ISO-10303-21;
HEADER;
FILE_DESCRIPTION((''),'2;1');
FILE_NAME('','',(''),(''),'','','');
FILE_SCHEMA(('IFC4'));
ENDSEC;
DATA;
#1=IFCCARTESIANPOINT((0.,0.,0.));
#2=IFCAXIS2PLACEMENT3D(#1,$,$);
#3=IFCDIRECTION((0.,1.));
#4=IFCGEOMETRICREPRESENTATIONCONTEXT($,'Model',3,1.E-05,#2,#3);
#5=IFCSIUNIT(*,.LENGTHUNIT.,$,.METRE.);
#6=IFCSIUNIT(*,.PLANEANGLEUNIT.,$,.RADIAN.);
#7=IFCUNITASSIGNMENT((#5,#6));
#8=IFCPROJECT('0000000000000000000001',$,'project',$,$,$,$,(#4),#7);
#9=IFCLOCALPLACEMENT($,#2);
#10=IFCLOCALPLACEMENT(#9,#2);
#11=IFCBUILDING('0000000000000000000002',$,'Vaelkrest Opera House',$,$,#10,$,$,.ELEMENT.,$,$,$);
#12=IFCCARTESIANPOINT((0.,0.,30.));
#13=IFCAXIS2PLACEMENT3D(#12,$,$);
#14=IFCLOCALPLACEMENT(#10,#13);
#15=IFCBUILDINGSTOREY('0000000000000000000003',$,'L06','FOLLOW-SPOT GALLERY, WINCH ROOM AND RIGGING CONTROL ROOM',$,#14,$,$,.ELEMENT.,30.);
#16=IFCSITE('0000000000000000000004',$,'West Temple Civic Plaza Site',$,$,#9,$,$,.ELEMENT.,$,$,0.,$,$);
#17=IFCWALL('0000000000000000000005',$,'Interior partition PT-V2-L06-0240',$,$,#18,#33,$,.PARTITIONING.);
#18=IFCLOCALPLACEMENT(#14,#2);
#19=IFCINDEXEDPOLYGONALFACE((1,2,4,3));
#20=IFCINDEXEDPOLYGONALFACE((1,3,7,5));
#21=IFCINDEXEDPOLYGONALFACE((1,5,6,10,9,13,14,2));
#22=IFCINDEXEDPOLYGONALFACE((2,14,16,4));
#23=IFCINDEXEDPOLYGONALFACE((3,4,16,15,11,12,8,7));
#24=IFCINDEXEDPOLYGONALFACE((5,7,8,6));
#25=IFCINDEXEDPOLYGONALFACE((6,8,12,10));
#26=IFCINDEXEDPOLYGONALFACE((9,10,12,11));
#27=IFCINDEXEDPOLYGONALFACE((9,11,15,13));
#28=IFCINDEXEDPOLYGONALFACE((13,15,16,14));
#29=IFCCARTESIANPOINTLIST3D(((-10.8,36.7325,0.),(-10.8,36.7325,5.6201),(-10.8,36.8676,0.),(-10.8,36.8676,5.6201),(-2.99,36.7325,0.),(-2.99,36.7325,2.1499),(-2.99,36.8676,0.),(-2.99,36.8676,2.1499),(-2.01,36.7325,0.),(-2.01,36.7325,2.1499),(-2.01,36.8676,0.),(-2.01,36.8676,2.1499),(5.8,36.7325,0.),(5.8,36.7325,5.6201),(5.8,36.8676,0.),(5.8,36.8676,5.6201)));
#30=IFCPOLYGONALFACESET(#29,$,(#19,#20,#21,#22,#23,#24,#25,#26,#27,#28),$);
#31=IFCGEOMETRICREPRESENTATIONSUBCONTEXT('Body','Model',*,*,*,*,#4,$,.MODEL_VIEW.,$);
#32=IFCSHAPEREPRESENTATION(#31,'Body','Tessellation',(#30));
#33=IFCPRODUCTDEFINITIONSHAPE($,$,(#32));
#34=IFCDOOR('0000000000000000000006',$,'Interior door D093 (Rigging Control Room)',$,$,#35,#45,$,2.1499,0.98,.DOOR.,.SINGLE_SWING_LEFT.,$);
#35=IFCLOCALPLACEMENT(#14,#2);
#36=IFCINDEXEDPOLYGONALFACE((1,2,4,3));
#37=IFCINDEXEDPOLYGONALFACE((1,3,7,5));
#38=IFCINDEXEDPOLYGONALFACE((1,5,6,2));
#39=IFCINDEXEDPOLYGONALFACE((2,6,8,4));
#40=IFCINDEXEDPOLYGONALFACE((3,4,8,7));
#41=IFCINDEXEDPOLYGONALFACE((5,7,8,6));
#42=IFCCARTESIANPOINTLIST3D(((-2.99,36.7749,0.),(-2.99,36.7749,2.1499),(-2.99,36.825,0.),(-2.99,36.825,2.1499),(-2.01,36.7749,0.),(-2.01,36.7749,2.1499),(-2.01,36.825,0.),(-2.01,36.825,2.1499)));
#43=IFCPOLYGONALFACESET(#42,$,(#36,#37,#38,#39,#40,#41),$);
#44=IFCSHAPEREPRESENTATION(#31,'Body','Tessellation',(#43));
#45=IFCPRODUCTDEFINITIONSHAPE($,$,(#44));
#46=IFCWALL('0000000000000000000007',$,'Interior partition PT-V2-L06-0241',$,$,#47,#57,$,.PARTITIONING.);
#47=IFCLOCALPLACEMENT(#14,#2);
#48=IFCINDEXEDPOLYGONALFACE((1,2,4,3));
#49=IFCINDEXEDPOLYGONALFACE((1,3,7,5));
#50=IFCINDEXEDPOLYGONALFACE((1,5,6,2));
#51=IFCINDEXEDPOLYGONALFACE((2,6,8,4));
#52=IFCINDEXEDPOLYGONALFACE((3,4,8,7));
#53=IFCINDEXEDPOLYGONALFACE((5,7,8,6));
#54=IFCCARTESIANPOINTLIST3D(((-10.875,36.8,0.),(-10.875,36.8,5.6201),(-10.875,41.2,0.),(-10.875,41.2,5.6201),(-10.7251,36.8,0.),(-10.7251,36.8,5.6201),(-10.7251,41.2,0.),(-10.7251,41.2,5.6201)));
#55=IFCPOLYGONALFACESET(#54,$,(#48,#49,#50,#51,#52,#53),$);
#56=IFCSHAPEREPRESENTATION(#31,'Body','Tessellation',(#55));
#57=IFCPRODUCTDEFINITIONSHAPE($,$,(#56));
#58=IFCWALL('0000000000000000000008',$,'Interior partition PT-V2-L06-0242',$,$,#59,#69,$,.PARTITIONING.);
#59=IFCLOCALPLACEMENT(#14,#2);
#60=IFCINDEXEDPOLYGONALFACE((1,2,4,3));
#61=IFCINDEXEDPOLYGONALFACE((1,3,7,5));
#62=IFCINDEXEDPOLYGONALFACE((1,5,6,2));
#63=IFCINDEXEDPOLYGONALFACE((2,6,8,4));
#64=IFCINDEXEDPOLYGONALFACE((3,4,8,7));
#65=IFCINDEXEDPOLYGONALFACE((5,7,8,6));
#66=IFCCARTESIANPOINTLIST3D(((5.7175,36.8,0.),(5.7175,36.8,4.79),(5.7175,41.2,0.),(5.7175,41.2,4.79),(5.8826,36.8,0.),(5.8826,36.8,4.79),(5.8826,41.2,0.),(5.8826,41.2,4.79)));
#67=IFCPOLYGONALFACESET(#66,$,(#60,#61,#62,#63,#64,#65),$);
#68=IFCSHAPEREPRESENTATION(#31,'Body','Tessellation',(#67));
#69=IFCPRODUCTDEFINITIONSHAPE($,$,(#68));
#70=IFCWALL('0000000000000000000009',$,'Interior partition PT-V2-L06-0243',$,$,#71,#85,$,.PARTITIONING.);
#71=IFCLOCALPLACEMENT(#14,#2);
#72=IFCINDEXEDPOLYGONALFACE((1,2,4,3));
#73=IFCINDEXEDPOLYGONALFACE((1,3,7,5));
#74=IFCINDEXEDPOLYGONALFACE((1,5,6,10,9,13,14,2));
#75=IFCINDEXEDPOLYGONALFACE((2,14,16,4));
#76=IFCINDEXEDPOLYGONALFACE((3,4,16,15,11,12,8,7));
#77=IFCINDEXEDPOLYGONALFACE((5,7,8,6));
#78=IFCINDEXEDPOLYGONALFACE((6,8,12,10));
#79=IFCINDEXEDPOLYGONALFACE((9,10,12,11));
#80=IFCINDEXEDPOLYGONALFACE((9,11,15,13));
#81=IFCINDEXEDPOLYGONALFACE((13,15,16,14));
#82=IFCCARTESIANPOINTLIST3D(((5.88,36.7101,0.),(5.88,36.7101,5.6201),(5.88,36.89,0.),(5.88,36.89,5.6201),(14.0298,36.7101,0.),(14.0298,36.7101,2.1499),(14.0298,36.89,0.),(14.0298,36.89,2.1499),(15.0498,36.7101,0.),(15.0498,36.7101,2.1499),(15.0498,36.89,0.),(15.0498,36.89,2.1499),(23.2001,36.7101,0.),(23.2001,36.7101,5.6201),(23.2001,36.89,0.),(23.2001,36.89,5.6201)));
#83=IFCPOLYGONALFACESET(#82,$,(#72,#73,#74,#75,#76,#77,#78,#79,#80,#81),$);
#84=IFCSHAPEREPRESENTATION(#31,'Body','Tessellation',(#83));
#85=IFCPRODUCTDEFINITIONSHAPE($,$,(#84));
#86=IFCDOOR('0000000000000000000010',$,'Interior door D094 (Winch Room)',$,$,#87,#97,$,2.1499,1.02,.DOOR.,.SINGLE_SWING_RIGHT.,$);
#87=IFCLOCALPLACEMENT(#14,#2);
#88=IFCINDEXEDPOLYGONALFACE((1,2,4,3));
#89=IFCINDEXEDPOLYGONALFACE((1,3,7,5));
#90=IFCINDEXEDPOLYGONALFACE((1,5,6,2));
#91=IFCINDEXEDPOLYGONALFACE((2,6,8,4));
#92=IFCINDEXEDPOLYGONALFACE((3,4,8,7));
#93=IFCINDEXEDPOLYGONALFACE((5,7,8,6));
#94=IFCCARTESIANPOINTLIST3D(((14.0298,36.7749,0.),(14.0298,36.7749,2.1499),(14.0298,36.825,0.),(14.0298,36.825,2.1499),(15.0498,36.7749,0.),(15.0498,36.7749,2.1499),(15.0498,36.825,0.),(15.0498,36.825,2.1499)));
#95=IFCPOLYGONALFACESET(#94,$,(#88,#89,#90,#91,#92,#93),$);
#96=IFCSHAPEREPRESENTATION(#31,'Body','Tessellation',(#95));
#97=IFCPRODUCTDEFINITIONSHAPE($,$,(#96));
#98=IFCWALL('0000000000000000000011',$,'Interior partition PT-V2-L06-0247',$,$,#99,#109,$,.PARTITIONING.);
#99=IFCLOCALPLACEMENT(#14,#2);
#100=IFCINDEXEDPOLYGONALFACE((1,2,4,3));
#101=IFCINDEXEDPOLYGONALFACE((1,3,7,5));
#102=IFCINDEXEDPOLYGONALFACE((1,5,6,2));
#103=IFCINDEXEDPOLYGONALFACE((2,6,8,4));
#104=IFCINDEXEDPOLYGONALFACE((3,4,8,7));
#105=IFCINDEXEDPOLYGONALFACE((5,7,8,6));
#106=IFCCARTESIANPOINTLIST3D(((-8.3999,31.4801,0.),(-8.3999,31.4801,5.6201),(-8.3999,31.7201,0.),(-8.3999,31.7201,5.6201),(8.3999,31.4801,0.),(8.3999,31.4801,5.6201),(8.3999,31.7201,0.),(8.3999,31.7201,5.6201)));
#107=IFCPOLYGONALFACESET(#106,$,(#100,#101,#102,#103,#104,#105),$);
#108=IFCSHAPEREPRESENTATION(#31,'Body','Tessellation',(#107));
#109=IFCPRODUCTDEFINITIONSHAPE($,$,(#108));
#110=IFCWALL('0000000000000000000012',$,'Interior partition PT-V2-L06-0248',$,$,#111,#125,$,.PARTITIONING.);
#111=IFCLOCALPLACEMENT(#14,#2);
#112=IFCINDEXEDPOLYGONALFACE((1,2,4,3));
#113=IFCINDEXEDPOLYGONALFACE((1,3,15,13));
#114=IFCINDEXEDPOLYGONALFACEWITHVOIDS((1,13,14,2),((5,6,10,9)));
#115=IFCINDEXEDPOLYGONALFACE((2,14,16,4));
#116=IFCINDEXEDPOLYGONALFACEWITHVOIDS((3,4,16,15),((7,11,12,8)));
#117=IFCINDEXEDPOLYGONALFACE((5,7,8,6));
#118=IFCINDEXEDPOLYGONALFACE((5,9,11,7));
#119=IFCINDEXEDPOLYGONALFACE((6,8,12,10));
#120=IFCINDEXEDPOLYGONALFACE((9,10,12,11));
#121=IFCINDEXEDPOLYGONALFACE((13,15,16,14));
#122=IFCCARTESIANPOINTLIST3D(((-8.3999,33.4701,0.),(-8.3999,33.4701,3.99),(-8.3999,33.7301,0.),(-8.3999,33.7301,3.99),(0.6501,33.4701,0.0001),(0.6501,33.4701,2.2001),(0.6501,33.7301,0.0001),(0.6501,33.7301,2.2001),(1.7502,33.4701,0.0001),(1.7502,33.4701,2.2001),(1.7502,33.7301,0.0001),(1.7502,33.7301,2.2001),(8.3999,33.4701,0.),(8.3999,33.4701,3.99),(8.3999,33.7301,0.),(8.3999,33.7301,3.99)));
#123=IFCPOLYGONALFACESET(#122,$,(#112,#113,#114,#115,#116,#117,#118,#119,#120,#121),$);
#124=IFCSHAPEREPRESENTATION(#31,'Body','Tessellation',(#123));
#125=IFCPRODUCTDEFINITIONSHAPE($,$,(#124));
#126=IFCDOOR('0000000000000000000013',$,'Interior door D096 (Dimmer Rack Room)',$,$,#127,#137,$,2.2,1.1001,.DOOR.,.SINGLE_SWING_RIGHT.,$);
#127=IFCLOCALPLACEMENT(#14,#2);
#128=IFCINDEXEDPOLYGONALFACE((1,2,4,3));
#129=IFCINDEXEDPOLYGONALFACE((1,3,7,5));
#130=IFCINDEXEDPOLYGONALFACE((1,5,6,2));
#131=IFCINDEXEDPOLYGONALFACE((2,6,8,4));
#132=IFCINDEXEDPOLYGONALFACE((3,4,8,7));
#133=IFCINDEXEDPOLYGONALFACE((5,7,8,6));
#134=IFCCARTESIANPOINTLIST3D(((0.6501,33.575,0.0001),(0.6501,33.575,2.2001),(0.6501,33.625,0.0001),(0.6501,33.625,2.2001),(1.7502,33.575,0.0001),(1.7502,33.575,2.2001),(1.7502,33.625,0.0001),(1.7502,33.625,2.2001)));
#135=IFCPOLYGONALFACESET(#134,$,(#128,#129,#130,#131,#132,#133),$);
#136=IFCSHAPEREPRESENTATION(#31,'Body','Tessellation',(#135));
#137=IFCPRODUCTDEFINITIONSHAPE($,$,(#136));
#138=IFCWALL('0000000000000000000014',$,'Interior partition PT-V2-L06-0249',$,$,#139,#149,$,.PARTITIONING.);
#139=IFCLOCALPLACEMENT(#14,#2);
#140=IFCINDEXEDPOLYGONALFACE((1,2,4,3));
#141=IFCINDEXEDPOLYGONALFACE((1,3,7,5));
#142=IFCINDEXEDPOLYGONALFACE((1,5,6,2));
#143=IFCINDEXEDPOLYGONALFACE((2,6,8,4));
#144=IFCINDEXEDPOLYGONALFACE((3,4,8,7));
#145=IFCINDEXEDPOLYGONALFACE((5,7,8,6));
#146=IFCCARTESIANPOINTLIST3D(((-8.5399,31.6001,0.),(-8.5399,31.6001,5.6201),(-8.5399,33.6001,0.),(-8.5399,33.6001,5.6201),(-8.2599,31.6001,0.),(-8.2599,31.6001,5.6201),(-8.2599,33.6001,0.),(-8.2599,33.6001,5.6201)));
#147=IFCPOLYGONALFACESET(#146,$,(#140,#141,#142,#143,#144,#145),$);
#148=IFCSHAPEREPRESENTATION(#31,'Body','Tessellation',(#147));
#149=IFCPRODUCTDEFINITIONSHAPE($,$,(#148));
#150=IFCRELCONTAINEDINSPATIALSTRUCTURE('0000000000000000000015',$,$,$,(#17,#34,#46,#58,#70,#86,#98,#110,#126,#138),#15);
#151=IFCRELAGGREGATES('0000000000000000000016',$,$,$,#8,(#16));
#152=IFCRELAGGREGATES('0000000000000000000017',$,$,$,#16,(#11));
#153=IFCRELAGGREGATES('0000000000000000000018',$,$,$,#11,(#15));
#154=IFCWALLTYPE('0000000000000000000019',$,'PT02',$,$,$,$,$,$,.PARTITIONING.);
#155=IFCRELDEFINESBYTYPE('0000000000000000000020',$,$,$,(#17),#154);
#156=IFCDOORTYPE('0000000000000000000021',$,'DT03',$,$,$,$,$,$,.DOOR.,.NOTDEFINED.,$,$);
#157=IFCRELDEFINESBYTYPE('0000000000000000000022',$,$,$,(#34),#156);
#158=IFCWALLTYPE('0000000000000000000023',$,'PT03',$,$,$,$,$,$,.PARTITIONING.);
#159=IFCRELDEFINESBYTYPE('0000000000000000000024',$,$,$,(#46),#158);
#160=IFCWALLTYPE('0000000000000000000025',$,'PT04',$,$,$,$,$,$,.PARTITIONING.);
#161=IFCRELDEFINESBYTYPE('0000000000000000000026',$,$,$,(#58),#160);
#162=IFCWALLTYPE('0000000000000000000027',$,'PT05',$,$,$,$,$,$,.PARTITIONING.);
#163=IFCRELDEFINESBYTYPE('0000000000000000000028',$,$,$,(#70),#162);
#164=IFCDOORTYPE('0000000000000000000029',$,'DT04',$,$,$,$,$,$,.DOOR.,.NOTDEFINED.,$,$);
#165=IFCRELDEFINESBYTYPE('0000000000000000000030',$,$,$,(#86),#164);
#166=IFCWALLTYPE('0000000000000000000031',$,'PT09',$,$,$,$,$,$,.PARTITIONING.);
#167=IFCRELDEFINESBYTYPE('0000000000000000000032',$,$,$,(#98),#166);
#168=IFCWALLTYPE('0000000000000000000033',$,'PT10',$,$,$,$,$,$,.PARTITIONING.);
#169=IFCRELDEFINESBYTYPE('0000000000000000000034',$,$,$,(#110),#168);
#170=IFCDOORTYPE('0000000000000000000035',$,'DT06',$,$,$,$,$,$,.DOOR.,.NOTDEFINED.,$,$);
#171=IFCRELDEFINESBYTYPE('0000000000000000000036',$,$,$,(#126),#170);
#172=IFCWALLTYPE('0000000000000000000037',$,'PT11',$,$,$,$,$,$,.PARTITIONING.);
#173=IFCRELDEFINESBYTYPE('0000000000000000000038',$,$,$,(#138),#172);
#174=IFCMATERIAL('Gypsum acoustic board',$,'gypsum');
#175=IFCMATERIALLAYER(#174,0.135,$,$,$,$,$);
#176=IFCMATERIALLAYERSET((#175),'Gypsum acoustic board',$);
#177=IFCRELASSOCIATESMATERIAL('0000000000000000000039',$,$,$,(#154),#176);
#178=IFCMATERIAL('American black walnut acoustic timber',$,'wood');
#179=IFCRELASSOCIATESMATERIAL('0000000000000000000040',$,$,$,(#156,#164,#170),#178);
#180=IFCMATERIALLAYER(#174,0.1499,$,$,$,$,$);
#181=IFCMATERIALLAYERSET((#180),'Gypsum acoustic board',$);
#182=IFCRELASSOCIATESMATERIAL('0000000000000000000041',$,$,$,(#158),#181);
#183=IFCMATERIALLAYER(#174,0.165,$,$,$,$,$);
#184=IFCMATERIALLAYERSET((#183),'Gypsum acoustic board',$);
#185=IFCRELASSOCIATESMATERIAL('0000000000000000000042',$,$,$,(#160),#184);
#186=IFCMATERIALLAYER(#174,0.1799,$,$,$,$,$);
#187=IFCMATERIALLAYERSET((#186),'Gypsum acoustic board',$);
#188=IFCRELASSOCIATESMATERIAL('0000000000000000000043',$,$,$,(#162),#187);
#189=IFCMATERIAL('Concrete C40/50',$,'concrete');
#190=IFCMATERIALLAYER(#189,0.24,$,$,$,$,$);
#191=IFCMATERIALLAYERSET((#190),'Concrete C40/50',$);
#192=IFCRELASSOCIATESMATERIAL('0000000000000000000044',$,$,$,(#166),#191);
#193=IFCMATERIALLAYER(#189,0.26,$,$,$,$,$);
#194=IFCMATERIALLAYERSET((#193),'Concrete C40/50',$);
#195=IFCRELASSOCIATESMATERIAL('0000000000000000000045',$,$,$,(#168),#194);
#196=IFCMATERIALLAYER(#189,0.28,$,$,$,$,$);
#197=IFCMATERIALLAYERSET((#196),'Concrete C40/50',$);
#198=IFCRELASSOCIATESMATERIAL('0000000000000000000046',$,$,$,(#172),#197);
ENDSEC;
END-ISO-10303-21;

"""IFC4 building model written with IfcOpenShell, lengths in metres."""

from ifc_helpers import new_model, si_unit, direction, frame, frame_2d, origin, place, context, subcontext, project, spatial, rectangle, extrude, material, layer, layer_set, type_object, element, fill, save


model = new_model("IFC4")

# Units and contexts
model_context = context("Model", 3, precision=1e-05, world=origin(), true_north=direction((0.0, 1.0)))
body_context = subcontext(model_context, "Body", "Model", "MODEL_VIEW")
ifc_project = project(units=[si_unit("LENGTHUNIT", "METRE"), si_unit("PLANEANGLEUNIT", "RADIAN")], contexts=[model_context])

# Site, building, storey
site_placement = place(None, origin())
site = spatial("IfcSite", under=ifc_project, at=site_placement, Name="West Temple Civic Plaza Site", CompositionType="ELEMENT", RefElevation=0.0)
building_placement = place(site_placement, origin())
building = spatial("IfcBuilding", under=site, at=building_placement, Name="Vaelkrest Opera House", CompositionType="ELEMENT")
storey_placement = place(building_placement, frame((0.0, 0.0, 30.0)))
storey = spatial("IfcBuildingStorey", under=building, at=storey_placement, Name="L06", Description="FOLLOW-SPOT GALLERY, WINCH ROOM AND RIGGING CONTROL ROOM", CompositionType="ELEMENT", Elevation=30.0)

# Wall, opening, door
ifc_material_1 = material(Name="Gypsum acoustic board", Category="gypsum")
ifc_layer_1 = layer(ifc_material_1, 0.135)
ifc_layer_set_1 = layer_set([ifc_layer_1], Name="Gypsum acoustic board")
wall_type_1 = type_object("IfcWallType", Name="PT02", PredefinedType="PARTITIONING", material=ifc_layer_set_1)
wall_1_placement = place(storey_placement, frame((-10.8, 36.8, 0.0), z_axis=(0.0, 0.0, 1.0), x_axis=(1.0, 0.0, 0.0)))
wall_1 = element("IfcWall", 1, at=wall_1_placement, inside=storey, type_object=wall_type_1, Name="Interior partition PT-V2-L06-0240", PredefinedType="PARTITIONING", context=body_context, shape_type="SweptSolid", body=[
    extrude(rectangle(XDim=16.6001, YDim=0.135, at=frame_2d((8.3, 0.0))), origin(), (0.0, 0.0, 1.0), 5.6201),
])
opening_1_placement = place(wall_1_placement, frame((7.8101, 0.0, 0.0)))
opening_1 = element("IfcOpeningElement", 2, at=opening_1_placement, cuts=wall_1, PredefinedType="OPENING", context=body_context, shape_type="SweptSolid", body=[
    extrude(rectangle(XDim=0.98, YDim=2.1499, at=frame_2d((0.49, 1.075))), frame((0.0, 0.0774, 0.0), z_axis=(0.0, -1.0, 0.0), x_axis=(1.0, 0.0, 0.0)), (0.0, 0.0, 1.0), 0.155),
])
ifc_material_2 = material(Name="American black walnut acoustic timber", Category="wood")
door_type_1 = type_object("IfcDoorType", Name="DT03", OperationType="NOTDEFINED", PredefinedType="DOOR", material=ifc_material_2)
door_1_placement = place(opening_1_placement, origin())
door_1 = element("IfcDoor", 3, at=door_1_placement, inside=storey, type_object=door_type_1, Name="Interior door D093 (Rigging Control Room)", OperationType="SINGLE_SWING_LEFT", OverallHeight=2.1499, OverallWidth=0.98, PredefinedType="DOOR", context=body_context, shape_type="SweptSolid", body=[
    extrude(rectangle(XDim=0.98, YDim=2.1499, at=frame_2d((0.49, 1.075))), frame((0.0, 0.0249, 0.0), z_axis=(0.0, -1.0, 0.0), x_axis=(1.0, 0.0, 0.0)), (0.0, 0.0, 1.0), 0.05),
])
fill(opening_1, door_1)

# Walls
ifc_layer_2 = layer(ifc_material_1, 0.1499)
ifc_layer_set_2 = layer_set([ifc_layer_2], Name="Gypsum acoustic board")
wall_type_2 = type_object("IfcWallType", Name="PT03", PredefinedType="PARTITIONING", material=ifc_layer_set_2)
wall_2_placement = place(storey_placement, frame((-10.8, 36.8, 0.0), z_axis=(0.0, 0.0, 1.0), x_axis=(0.0, 1.0, 0.0)))
element("IfcWall", 4, at=wall_2_placement, inside=storey, type_object=wall_type_2, Name="Interior partition PT-V2-L06-0241", PredefinedType="PARTITIONING", context=body_context, shape_type="SweptSolid", body=[
    extrude(rectangle(XDim=4.3999, YDim=0.1499, at=frame_2d((2.2, 0.0))), origin(), (0.0, 0.0, 1.0), 5.6201),
])
ifc_layer_3 = layer(ifc_material_1, 0.165)
ifc_layer_set_3 = layer_set([ifc_layer_3], Name="Gypsum acoustic board")
wall_type_3 = type_object("IfcWallType", Name="PT04", PredefinedType="PARTITIONING", material=ifc_layer_set_3)
wall_3_placement = place(storey_placement, frame((5.8, 36.8, 0.0), z_axis=(0.0, 0.0, 1.0), x_axis=(0.0, 1.0, 0.0)))
element("IfcWall", 5, at=wall_3_placement, inside=storey, type_object=wall_type_3, Name="Interior partition PT-V2-L06-0242", PredefinedType="PARTITIONING", context=body_context, shape_type="SweptSolid", body=[
    extrude(rectangle(XDim=4.3999, YDim=0.165, at=frame_2d((2.2, 0.0))), origin(), (0.0, 0.0, 1.0), 4.79),
])

# Wall, opening, door
ifc_layer_4 = layer(ifc_material_1, 0.1799)
ifc_layer_set_4 = layer_set([ifc_layer_4], Name="Gypsum acoustic board")
wall_type_4 = type_object("IfcWallType", Name="PT05", PredefinedType="PARTITIONING", material=ifc_layer_set_4)
wall_4_placement = place(storey_placement, frame((5.8799, 36.8, 0.0), z_axis=(0.0, 0.0, 1.0), x_axis=(1.0, 0.0, 0.0)))
wall_4 = element("IfcWall", 6, at=wall_4_placement, inside=storey, type_object=wall_type_4, Name="Interior partition PT-V2-L06-0243", PredefinedType="PARTITIONING", context=body_context, shape_type="SweptSolid", body=[
    extrude(rectangle(XDim=17.3201, YDim=0.1799, at=frame_2d((8.6602, 0.0))), origin(), (0.0, 0.0, 1.0), 5.6201),
])
opening_2_placement = place(wall_4_placement, frame((8.1499, 0.0, 0.0)))
opening_2 = element("IfcOpeningElement", 7, at=opening_2_placement, cuts=wall_4, PredefinedType="OPENING", context=body_context, shape_type="SweptSolid", body=[
    extrude(rectangle(XDim=1.02, YDim=2.1499, at=frame_2d((0.51, 1.075))), frame((0.0, 0.0999, 0.0), z_axis=(0.0, -1.0, 0.0), x_axis=(1.0, 0.0, 0.0)), (0.0, 0.0, 1.0), 0.2),
])
door_type_2 = type_object("IfcDoorType", Name="DT04", OperationType="NOTDEFINED", PredefinedType="DOOR", material=ifc_material_2)
door_2_placement = place(opening_2_placement, origin())
door_2 = element("IfcDoor", 8, at=door_2_placement, inside=storey, type_object=door_type_2, Name="Interior door D094 (Winch Room)", OperationType="SINGLE_SWING_RIGHT", OverallHeight=2.1499, OverallWidth=1.02, PredefinedType="DOOR", context=body_context, shape_type="SweptSolid", body=[
    extrude(rectangle(XDim=1.02, YDim=2.1499, at=frame_2d((0.51, 1.075))), frame((0.0, 0.0249, 0.0), z_axis=(0.0, -1.0, 0.0), x_axis=(1.0, 0.0, 0.0)), (0.0, 0.0, 1.0), 0.05),
])
fill(opening_2, door_2)

# Wall
ifc_material_3 = material(Name="Concrete C40/50", Category="concrete")
ifc_layer_5 = layer(ifc_material_3, 0.24)
ifc_layer_set_5 = layer_set([ifc_layer_5], Name="Concrete C40/50")
wall_type_5 = type_object("IfcWallType", Name="PT09", PredefinedType="PARTITIONING", material=ifc_layer_set_5)
wall_5_placement = place(storey_placement, frame((-8.3999, 31.6001, 0.0), z_axis=(0.0, 0.0, 1.0), x_axis=(1.0, 0.0, 0.0)))
element("IfcWall", 9, at=wall_5_placement, inside=storey, type_object=wall_type_5, Name="Interior partition PT-V2-L06-0247", PredefinedType="PARTITIONING", context=body_context, shape_type="SweptSolid", body=[
    extrude(rectangle(XDim=16.7998, YDim=0.24, at=frame_2d((8.3999, 0.0))), origin(), (0.0, 0.0, 1.0), 5.6201),
])

# Wall, opening, door
ifc_layer_6 = layer(ifc_material_3, 0.26)
ifc_layer_set_6 = layer_set([ifc_layer_6], Name="Concrete C40/50")
wall_type_6 = type_object("IfcWallType", Name="PT10", PredefinedType="PARTITIONING", material=ifc_layer_set_6)
wall_6_placement = place(storey_placement, frame((-8.3999, 33.6001, 0.0), z_axis=(0.0, 0.0, 1.0), x_axis=(1.0, 0.0, 0.0)))
wall_6 = element("IfcWall", 10, at=wall_6_placement, inside=storey, type_object=wall_type_6, Name="Interior partition PT-V2-L06-0248", PredefinedType="PARTITIONING", context=body_context, shape_type="SweptSolid", body=[
    extrude(rectangle(XDim=16.7998, YDim=0.26, at=frame_2d((8.3999, 0.0))), origin(), (0.0, 0.0, 1.0), 3.99),
])
opening_3_placement = place(wall_6_placement, frame((9.05, 0.0, 0.0)))
opening_3 = element("IfcOpeningElement", 11, at=opening_3_placement, cuts=wall_6, PredefinedType="OPENING", context=body_context, shape_type="SweptSolid", body=[
    extrude(rectangle(XDim=1.1001, YDim=2.2, at=frame_2d((0.55, 1.1001))), frame((0.0, 0.1399, 0.0), z_axis=(0.0, -1.0, 0.0), x_axis=(1.0, 0.0, 0.0)), (0.0, 0.0, 1.0), 0.28),
])
door_type_3 = type_object("IfcDoorType", Name="DT06", OperationType="NOTDEFINED", PredefinedType="DOOR", material=ifc_material_2)
door_3_placement = place(opening_3_placement, origin())
door_3 = element("IfcDoor", 12, at=door_3_placement, inside=storey, type_object=door_type_3, Name="Interior door D096 (Dimmer Rack Room)", OperationType="SINGLE_SWING_RIGHT", OverallHeight=2.2, OverallWidth=1.1001, PredefinedType="DOOR", context=body_context, shape_type="SweptSolid", body=[
    extrude(rectangle(XDim=1.1001, YDim=2.2, at=frame_2d((0.55, 1.1001))), frame((0.0, 0.0249, 0.0), z_axis=(0.0, -1.0, 0.0), x_axis=(1.0, 0.0, 0.0)), (0.0, 0.0, 1.0), 0.05),
])
fill(opening_3, door_3)

# Wall
ifc_layer_7 = layer(ifc_material_3, 0.28)
ifc_layer_set_7 = layer_set([ifc_layer_7], Name="Concrete C40/50")
wall_type_7 = type_object("IfcWallType", Name="PT11", PredefinedType="PARTITIONING", material=ifc_layer_set_7)
wall_7_placement = place(storey_placement, frame((-8.3999, 31.6001, 0.0), z_axis=(0.0, 0.0, 1.0), x_axis=(0.0, 1.0, 0.0)))
element("IfcWall", 13, at=wall_7_placement, inside=storey, type_object=wall_type_7, Name="Interior partition PT-V2-L06-0249", PredefinedType="PARTITIONING", context=body_context, shape_type="SweptSolid", body=[
    extrude(rectangle(XDim=2.0, YDim=0.28, at=frame_2d((1.0, 0.0))), origin(), (0.0, 0.0, 1.0), 5.6201),
])

save(model, "model.ifc")
